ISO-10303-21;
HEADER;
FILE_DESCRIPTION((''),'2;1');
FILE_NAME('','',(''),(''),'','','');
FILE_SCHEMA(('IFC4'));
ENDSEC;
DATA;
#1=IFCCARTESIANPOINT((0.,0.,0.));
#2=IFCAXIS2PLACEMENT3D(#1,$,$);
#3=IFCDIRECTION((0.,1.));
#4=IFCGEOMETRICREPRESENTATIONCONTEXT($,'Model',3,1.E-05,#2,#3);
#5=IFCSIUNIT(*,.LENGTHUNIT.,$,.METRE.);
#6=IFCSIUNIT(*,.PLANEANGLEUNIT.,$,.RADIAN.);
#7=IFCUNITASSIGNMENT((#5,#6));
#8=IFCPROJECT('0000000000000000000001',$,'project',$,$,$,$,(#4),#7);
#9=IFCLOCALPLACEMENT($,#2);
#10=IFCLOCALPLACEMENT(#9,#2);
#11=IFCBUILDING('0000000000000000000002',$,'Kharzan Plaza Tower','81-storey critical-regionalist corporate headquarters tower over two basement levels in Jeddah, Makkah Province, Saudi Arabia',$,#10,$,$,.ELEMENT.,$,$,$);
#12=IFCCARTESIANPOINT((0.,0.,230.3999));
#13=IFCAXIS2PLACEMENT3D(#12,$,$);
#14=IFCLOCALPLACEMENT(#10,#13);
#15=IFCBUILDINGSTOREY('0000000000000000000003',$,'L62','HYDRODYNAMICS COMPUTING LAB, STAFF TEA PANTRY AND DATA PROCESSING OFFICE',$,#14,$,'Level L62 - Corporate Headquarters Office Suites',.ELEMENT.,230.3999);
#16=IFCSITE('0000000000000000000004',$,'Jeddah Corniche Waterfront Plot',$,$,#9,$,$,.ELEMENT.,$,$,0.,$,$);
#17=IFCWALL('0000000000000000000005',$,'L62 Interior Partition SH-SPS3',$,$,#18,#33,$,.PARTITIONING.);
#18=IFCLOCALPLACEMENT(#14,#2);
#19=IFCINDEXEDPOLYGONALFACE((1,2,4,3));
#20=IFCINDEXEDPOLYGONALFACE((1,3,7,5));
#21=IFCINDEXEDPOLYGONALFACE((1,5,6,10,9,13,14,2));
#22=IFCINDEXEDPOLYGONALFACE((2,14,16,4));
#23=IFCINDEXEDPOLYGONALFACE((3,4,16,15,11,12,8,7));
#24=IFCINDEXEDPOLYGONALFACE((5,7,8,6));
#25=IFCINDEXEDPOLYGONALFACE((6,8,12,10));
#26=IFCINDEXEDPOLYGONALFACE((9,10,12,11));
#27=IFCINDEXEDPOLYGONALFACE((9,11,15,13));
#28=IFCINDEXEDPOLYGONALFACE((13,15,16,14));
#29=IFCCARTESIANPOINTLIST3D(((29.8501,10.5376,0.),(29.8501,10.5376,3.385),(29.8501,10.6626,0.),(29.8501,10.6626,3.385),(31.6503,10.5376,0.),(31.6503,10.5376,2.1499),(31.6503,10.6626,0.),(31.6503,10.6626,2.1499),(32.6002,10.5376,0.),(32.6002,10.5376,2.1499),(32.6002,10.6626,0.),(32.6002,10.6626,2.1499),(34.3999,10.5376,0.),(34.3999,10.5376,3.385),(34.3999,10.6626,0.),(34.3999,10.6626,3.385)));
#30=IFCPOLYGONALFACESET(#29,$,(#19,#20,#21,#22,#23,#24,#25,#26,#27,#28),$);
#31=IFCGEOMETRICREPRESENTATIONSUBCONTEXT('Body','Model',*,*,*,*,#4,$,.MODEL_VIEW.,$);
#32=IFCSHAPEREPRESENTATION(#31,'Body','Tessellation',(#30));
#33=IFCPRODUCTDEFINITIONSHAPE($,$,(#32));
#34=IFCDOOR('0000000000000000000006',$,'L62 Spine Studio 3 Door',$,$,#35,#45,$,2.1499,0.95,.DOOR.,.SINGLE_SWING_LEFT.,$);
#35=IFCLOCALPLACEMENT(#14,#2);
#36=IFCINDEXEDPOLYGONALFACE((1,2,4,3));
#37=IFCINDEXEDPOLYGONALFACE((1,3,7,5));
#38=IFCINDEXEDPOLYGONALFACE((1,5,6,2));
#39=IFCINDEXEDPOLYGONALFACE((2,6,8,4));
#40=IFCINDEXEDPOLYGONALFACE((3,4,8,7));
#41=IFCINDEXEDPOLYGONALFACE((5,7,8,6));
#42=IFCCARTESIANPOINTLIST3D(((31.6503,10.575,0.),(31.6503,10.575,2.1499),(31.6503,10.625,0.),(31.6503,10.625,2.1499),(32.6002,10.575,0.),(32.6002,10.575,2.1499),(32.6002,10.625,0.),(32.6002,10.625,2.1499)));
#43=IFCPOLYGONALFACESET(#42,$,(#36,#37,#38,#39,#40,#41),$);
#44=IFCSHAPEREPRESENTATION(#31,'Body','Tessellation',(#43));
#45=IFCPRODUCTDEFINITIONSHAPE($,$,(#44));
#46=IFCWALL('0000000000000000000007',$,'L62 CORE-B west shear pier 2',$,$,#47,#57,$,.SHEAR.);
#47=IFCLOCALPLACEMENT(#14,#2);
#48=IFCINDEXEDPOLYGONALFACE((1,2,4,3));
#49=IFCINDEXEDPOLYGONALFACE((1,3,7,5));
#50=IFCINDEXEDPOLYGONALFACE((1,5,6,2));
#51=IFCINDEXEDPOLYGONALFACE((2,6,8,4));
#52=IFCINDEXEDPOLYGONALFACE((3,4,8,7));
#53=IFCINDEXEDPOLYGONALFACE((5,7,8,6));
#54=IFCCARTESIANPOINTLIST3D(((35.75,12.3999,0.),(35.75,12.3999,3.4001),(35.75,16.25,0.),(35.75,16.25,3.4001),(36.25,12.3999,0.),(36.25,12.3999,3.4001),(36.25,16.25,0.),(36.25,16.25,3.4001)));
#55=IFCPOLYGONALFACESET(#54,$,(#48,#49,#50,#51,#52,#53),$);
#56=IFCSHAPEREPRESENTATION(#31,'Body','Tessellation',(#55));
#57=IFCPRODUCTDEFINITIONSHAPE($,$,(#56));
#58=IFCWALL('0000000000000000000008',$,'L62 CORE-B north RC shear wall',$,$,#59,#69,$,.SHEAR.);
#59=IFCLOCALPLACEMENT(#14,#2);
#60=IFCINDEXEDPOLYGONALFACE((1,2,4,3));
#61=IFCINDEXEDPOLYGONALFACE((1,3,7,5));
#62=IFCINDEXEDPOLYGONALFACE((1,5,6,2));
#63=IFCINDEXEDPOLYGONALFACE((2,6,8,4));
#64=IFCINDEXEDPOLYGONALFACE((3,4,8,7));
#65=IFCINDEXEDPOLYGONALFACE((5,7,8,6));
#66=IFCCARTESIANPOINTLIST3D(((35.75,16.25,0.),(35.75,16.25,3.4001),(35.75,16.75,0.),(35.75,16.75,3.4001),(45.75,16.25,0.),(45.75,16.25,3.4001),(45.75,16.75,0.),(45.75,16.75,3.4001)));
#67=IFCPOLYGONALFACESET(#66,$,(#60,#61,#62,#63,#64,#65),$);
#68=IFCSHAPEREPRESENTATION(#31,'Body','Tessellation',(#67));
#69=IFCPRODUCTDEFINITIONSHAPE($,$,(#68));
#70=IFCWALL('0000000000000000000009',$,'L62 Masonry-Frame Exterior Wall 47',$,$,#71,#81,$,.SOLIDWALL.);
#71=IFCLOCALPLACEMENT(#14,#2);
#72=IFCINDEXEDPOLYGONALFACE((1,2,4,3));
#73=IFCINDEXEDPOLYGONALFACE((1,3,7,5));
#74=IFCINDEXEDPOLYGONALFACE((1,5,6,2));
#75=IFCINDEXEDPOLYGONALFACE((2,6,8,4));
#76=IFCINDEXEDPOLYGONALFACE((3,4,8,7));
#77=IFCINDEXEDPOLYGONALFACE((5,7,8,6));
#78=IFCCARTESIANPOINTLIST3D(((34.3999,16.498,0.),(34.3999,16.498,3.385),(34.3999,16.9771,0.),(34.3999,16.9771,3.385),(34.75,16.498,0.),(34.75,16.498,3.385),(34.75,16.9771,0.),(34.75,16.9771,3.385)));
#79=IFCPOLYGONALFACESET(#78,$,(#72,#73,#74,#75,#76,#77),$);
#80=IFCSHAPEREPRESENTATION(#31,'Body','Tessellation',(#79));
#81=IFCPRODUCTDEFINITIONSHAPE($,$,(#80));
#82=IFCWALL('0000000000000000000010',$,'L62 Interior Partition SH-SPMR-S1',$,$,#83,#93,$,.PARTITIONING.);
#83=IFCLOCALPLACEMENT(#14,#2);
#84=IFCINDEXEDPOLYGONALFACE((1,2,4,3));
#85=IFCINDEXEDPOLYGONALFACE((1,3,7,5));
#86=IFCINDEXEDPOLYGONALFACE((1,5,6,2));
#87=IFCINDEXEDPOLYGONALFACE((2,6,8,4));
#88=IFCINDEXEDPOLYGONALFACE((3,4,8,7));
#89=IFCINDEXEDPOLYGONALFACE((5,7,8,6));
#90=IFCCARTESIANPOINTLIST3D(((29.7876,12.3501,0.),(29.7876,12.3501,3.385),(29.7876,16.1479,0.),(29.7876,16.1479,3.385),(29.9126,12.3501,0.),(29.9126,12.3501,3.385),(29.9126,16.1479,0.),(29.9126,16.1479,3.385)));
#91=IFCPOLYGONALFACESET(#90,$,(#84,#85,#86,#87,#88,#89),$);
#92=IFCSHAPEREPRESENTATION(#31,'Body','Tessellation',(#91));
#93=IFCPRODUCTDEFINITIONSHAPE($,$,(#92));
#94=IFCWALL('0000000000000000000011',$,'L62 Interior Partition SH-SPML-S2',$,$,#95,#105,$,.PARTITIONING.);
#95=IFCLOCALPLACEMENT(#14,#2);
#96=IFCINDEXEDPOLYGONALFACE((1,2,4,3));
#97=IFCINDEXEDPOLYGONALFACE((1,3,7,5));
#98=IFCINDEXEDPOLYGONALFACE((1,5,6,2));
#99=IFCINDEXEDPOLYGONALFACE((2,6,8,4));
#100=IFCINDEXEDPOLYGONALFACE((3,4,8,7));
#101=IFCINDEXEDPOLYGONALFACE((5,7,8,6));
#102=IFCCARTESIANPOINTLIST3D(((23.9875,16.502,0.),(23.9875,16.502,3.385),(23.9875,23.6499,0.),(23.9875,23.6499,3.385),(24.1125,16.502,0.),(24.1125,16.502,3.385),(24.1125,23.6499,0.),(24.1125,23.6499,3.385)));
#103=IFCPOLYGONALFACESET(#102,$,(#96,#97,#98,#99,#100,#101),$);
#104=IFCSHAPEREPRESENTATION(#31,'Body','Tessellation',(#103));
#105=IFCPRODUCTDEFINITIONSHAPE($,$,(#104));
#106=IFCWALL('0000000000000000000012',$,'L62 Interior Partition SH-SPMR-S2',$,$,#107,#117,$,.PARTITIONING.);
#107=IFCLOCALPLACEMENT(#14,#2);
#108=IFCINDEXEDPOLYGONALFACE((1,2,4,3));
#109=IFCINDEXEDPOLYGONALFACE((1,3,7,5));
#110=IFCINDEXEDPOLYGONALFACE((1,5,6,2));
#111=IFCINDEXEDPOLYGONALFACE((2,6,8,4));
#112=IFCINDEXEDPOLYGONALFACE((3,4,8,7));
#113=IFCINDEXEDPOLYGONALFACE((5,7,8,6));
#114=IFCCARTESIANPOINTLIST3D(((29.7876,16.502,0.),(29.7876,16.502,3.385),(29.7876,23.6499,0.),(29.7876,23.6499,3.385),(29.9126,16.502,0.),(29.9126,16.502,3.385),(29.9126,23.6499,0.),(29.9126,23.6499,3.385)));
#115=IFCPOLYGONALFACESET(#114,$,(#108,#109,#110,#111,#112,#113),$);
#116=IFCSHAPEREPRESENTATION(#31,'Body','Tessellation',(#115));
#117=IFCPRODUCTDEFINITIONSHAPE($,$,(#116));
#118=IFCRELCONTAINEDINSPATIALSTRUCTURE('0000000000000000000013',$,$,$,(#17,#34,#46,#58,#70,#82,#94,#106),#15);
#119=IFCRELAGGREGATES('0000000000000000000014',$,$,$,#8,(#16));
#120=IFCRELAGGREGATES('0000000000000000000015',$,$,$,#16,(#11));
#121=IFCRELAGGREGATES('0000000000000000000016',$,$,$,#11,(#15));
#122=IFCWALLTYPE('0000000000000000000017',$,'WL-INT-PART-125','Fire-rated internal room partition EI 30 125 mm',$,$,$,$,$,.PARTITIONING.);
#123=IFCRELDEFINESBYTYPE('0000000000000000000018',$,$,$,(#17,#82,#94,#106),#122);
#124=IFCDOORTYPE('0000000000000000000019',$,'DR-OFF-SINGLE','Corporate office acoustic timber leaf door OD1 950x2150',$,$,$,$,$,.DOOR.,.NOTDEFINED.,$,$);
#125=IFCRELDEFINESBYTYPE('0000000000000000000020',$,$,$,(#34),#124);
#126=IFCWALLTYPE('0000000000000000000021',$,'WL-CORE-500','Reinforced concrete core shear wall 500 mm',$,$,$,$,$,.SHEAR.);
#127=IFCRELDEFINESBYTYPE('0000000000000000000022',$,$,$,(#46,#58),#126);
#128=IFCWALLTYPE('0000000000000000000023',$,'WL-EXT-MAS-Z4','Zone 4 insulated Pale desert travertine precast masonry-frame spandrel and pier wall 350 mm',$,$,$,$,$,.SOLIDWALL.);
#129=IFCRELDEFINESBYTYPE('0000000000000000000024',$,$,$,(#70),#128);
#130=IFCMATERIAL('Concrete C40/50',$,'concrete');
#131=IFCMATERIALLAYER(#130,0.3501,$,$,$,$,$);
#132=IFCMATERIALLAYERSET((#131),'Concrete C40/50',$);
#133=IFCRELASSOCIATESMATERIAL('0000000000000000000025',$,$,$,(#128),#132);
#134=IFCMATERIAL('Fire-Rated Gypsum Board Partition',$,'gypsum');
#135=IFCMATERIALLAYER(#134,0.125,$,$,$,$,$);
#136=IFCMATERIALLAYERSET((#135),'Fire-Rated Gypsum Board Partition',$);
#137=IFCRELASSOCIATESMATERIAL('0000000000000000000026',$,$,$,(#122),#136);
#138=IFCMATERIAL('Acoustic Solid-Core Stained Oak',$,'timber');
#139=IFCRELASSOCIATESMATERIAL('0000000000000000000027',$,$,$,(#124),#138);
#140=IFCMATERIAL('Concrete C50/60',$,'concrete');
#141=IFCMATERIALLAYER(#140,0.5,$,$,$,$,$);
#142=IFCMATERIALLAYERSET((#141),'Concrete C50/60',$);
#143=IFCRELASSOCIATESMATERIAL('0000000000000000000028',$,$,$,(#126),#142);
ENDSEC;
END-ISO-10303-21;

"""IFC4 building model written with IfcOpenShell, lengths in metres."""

from ifc_helpers import new_model, si_unit, direction, frame, frame_2d, origin, place, context, subcontext, project, spatial, rectangle, extrude, source, transform, mapped, material, layer, layer_set, type_object, element, fill, save


model = new_model("IFC4")

# Units and contexts
model_context = context("Model", 3, precision=1e-05, world=origin(), true_north=direction((0.0, 1.0)))
body_context = subcontext(model_context, "Body", "Model", "MODEL_VIEW")
ifc_project = project(units=[si_unit("LENGTHUNIT", "METRE"), si_unit("PLANEANGLEUNIT", "RADIAN")], contexts=[model_context])

# Site, building, storey
site_placement = place(None, origin())
site = spatial("IfcSite", under=ifc_project, at=site_placement, Name="Jeddah Corniche Waterfront Plot", CompositionType="ELEMENT", RefElevation=0.0)
building_placement = place(site_placement, origin())
building = spatial("IfcBuilding", under=site, at=building_placement, Name="Kharzan Plaza Tower", Description="81-storey critical-regionalist corporate headquarters tower over two basement levels in Jeddah, Makkah Province, Saudi Arabia", CompositionType="ELEMENT")
storey_placement = place(building_placement, frame((0.0, 0.0, 230.3999)))
storey = spatial("IfcBuildingStorey", under=building, at=storey_placement, Name="L62", Description="HYDRODYNAMICS COMPUTING LAB, STAFF TEA PANTRY AND DATA PROCESSING OFFICE", LongName="Level L62 - Corporate Headquarters Office Suites", CompositionType="ELEMENT", Elevation=230.3999)

# Shared definitions
ifc_material_1 = material(Name="Concrete C50/60", Category="concrete")

# Shared definitions
ifc_material_2 = material(Name="Concrete C40/50", Category="concrete")
ifc_layer_1 = layer(ifc_material_2, 0.3501)
ifc_layer_set_1 = layer_set([ifc_layer_1], Name="Concrete C40/50")
wall_type_1 = type_object("IfcWallType", Name="WL-EXT-MAS-Z4", Description="Zone 4 insulated Pale desert travertine precast masonry-frame spandrel and pier wall 350 mm", PredefinedType="SOLIDWALL", material=ifc_layer_set_1)

# Wall, opening, door
ifc_material_3 = material(Name="Fire-Rated Gypsum Board Partition", Category="gypsum")
ifc_layer_2 = layer(ifc_material_3, 0.125)
ifc_layer_set_2 = layer_set([ifc_layer_2], Name="Fire-Rated Gypsum Board Partition")
wall_type_2 = type_object("IfcWallType", Name="WL-INT-PART-125", Description="Fire-rated internal room partition EI 30 125 mm", PredefinedType="PARTITIONING", material=ifc_layer_set_2)
ifc_material_4 = material(Name="Acoustic Solid-Core Stained Oak", Category="timber")
door_type = type_object("IfcDoorType", Name="DR-OFF-SINGLE", Description="Corporate office acoustic timber leaf door OD1 950x2150", OperationType="NOTDEFINED", PredefinedType="DOOR", material=ifc_material_4)
shared_shape_1 = source(origin(), body_context, "Body", "SweptSolid", [
    extrude(rectangle(XDim=0.95, YDim=2.1499, at=frame_2d((0.4751, 1.075))), frame((0.0, 0.0249, 0.0), z_axis=(0.0, -1.0, 0.0), x_axis=(1.0, 0.0, 0.0)), (0.0, 0.0, 1.0), 0.05),
])
wall_1_placement = place(storey_placement, frame((29.8501, 10.6001, 0.0), z_axis=(0.0, 0.0, 1.0), x_axis=(1.0, 0.0, 0.0)))
wall_1 = element("IfcWall", 1, at=wall_1_placement, inside=storey, type_object=wall_type_2, Name="L62 Interior Partition SH-SPS3", PredefinedType="PARTITIONING", context=body_context, shape_type="SweptSolid", body=[
    extrude(rectangle(XDim=4.5498, YDim=0.125, at=frame_2d((2.2749, 0.0))), origin(), (0.0, 0.0, 1.0), 3.385),
])
opening_1_placement = place(wall_1_placement, frame((1.8, 0.0, 0.0)))
opening_1 = element("IfcOpeningElement", 2, at=opening_1_placement, cuts=wall_1, PredefinedType="OPENING", context=body_context, shape_type="SweptSolid", body=[
    extrude(rectangle(XDim=0.95, YDim=2.1499, at=frame_2d((0.4751, 1.075))), frame((0.0, 0.0725, 0.0), z_axis=(0.0, -1.0, 0.0), x_axis=(1.0, 0.0, 0.0)), (0.0, 0.0, 1.0), 0.145),
])
door_1_placement = place(opening_1_placement, origin())
door_1 = element("IfcDoor", 3, at=door_1_placement, inside=storey, type_object=door_type, Name="L62 Spine Studio 3 Door", OperationType="SINGLE_SWING_LEFT", OverallHeight=2.1499, OverallWidth=0.95, PredefinedType="DOOR", context=body_context, shape_type="MappedRepresentation", body=[
    mapped(shared_shape_1, transform((0.0, 0.0, 0.0), x_axis=(1.0, 0.0, 0.0), y_axis=(0.0, 1.0, 0.0), z_axis=(0.0, 0.0, 1.0))),
])
fill(opening_1, door_1)

# Walls
ifc_layer_3 = layer(ifc_material_1, 0.5)
ifc_layer_set_3 = layer_set([ifc_layer_3], Name="Concrete C50/60")
wall_type_3 = type_object("IfcWallType", Name="WL-CORE-500", Description="Reinforced concrete core shear wall 500 mm", PredefinedType="SHEAR", material=ifc_layer_set_3)
shared_shape_2 = source(origin(), body_context, "Body", "SweptSolid", [
    extrude(rectangle(XDim=3.8501, YDim=0.5, at=frame_2d((1.925, 0.0))), origin(), (0.0, 0.0, 1.0), 3.4001),
])
wall_2_placement = place(storey_placement, frame((36.0, 12.3999, 0.0), z_axis=(0.0, 0.0, 1.0), x_axis=(0.0, 1.0, 0.0)))
element("IfcWall", 4, at=wall_2_placement, inside=storey, type_object=wall_type_3, Name="L62 CORE-B west shear pier 2", PredefinedType="SHEAR", context=body_context, shape_type="MappedRepresentation", body=[
    mapped(shared_shape_2, transform((0.0, 0.0, 0.0), x_axis=(1.0, 0.0, 0.0), y_axis=(0.0, 1.0, 0.0), z_axis=(0.0, 0.0, 1.0))),
])
shared_shape_3 = source(origin(), body_context, "Body", "SweptSolid", [
    extrude(rectangle(XDim=10.0, YDim=0.5, at=frame_2d((5.0, 0.0))), origin(), (0.0, 0.0, 1.0), 3.4001),
])
wall_3_placement = place(storey_placement, frame((35.75, 16.5, 0.0), z_axis=(0.0, 0.0, 1.0), x_axis=(1.0, 0.0, 0.0)))
element("IfcWall", 5, at=wall_3_placement, inside=storey, type_object=wall_type_3, Name="L62 CORE-B north RC shear wall", PredefinedType="SHEAR", context=body_context, shape_type="MappedRepresentation", body=[
    mapped(shared_shape_3, transform((0.0, 0.0, 0.0), x_axis=(1.0, 0.0, 0.0), y_axis=(0.0, 1.0, 0.0), z_axis=(0.0, 0.0, 1.0))),
])
shared_shape_4 = source(origin(), body_context, "Body", "SweptSolid", [
    extrude(rectangle(XDim=0.479, YDim=0.3501, at=frame_2d((0.2395, 0.0))), origin(), (0.0, 0.0, 1.0), 3.385),
])
wall_4_placement = place(storey_placement, frame((34.575, 16.9771, 0.0), z_axis=(0.0, 0.0, 1.0), x_axis=(0.0, -1.0, 0.0)))
element("IfcWall", 6, at=wall_4_placement, inside=storey, type_object=wall_type_1, Name="L62 Masonry-Frame Exterior Wall 47", PredefinedType="SOLIDWALL", context=body_context, shape_type="MappedRepresentation", body=[
    mapped(shared_shape_4, transform((0.0, 0.0, 0.0), x_axis=(1.0, 0.0, 0.0), y_axis=(0.0, 1.0, 0.0), z_axis=(0.0, 0.0, 1.0))),
])
shared_shape_5 = source(origin(), body_context, "Body", "SweptSolid", [
    extrude(rectangle(XDim=3.7979, YDim=0.125, at=frame_2d((1.8989, 0.0))), origin(), (0.0, 0.0, 1.0), 3.385),
])
wall_5_placement = place(storey_placement, frame((29.8501, 12.3501, 0.0), z_axis=(0.0, 0.0, 1.0), x_axis=(0.0, 1.0, 0.0)))
element("IfcWall", 7, at=wall_5_placement, inside=storey, type_object=wall_type_2, Name="L62 Interior Partition SH-SPMR-S1", PredefinedType="PARTITIONING", context=body_context, shape_type="MappedRepresentation", body=[
    mapped(shared_shape_5, transform((0.0, 0.0, 0.0), x_axis=(1.0, 0.0, 0.0), y_axis=(0.0, 1.0, 0.0), z_axis=(0.0, 0.0, 1.0))),
])
shared_shape_6 = source(origin(), body_context, "Body", "SweptSolid", [
    extrude(rectangle(XDim=7.1479, YDim=0.125, at=frame_2d((3.574, 0.0))), origin(), (0.0, 0.0, 1.0), 3.385),
])
for number, where, z_axis, x_axis, name in (
    (8, (24.05, 16.502, 0.0), (0.0, 0.0, 1.0), (0.0, 1.0, 0.0), "L62 Interior Partition SH-SPML-S2"),
    (9, (29.8501, 16.502, 0.0), (0.0, 0.0, 1.0), (0.0, 1.0, 0.0), "L62 Interior Partition SH-SPMR-S2"),
):
    element("IfcWall", number, at=place(storey_placement, frame(where, z_axis=z_axis, x_axis=x_axis)), inside=storey, type_object=wall_type_2, Name=name, PredefinedType="PARTITIONING", context=body_context, shape_type="MappedRepresentation", body=[
        mapped(shared_shape_6, transform((0.0, 0.0, 0.0), x_axis=(1.0, 0.0, 0.0), y_axis=(0.0, 1.0, 0.0), z_axis=(0.0, 0.0, 1.0))),
    ])

save(model, "model.ifc")
